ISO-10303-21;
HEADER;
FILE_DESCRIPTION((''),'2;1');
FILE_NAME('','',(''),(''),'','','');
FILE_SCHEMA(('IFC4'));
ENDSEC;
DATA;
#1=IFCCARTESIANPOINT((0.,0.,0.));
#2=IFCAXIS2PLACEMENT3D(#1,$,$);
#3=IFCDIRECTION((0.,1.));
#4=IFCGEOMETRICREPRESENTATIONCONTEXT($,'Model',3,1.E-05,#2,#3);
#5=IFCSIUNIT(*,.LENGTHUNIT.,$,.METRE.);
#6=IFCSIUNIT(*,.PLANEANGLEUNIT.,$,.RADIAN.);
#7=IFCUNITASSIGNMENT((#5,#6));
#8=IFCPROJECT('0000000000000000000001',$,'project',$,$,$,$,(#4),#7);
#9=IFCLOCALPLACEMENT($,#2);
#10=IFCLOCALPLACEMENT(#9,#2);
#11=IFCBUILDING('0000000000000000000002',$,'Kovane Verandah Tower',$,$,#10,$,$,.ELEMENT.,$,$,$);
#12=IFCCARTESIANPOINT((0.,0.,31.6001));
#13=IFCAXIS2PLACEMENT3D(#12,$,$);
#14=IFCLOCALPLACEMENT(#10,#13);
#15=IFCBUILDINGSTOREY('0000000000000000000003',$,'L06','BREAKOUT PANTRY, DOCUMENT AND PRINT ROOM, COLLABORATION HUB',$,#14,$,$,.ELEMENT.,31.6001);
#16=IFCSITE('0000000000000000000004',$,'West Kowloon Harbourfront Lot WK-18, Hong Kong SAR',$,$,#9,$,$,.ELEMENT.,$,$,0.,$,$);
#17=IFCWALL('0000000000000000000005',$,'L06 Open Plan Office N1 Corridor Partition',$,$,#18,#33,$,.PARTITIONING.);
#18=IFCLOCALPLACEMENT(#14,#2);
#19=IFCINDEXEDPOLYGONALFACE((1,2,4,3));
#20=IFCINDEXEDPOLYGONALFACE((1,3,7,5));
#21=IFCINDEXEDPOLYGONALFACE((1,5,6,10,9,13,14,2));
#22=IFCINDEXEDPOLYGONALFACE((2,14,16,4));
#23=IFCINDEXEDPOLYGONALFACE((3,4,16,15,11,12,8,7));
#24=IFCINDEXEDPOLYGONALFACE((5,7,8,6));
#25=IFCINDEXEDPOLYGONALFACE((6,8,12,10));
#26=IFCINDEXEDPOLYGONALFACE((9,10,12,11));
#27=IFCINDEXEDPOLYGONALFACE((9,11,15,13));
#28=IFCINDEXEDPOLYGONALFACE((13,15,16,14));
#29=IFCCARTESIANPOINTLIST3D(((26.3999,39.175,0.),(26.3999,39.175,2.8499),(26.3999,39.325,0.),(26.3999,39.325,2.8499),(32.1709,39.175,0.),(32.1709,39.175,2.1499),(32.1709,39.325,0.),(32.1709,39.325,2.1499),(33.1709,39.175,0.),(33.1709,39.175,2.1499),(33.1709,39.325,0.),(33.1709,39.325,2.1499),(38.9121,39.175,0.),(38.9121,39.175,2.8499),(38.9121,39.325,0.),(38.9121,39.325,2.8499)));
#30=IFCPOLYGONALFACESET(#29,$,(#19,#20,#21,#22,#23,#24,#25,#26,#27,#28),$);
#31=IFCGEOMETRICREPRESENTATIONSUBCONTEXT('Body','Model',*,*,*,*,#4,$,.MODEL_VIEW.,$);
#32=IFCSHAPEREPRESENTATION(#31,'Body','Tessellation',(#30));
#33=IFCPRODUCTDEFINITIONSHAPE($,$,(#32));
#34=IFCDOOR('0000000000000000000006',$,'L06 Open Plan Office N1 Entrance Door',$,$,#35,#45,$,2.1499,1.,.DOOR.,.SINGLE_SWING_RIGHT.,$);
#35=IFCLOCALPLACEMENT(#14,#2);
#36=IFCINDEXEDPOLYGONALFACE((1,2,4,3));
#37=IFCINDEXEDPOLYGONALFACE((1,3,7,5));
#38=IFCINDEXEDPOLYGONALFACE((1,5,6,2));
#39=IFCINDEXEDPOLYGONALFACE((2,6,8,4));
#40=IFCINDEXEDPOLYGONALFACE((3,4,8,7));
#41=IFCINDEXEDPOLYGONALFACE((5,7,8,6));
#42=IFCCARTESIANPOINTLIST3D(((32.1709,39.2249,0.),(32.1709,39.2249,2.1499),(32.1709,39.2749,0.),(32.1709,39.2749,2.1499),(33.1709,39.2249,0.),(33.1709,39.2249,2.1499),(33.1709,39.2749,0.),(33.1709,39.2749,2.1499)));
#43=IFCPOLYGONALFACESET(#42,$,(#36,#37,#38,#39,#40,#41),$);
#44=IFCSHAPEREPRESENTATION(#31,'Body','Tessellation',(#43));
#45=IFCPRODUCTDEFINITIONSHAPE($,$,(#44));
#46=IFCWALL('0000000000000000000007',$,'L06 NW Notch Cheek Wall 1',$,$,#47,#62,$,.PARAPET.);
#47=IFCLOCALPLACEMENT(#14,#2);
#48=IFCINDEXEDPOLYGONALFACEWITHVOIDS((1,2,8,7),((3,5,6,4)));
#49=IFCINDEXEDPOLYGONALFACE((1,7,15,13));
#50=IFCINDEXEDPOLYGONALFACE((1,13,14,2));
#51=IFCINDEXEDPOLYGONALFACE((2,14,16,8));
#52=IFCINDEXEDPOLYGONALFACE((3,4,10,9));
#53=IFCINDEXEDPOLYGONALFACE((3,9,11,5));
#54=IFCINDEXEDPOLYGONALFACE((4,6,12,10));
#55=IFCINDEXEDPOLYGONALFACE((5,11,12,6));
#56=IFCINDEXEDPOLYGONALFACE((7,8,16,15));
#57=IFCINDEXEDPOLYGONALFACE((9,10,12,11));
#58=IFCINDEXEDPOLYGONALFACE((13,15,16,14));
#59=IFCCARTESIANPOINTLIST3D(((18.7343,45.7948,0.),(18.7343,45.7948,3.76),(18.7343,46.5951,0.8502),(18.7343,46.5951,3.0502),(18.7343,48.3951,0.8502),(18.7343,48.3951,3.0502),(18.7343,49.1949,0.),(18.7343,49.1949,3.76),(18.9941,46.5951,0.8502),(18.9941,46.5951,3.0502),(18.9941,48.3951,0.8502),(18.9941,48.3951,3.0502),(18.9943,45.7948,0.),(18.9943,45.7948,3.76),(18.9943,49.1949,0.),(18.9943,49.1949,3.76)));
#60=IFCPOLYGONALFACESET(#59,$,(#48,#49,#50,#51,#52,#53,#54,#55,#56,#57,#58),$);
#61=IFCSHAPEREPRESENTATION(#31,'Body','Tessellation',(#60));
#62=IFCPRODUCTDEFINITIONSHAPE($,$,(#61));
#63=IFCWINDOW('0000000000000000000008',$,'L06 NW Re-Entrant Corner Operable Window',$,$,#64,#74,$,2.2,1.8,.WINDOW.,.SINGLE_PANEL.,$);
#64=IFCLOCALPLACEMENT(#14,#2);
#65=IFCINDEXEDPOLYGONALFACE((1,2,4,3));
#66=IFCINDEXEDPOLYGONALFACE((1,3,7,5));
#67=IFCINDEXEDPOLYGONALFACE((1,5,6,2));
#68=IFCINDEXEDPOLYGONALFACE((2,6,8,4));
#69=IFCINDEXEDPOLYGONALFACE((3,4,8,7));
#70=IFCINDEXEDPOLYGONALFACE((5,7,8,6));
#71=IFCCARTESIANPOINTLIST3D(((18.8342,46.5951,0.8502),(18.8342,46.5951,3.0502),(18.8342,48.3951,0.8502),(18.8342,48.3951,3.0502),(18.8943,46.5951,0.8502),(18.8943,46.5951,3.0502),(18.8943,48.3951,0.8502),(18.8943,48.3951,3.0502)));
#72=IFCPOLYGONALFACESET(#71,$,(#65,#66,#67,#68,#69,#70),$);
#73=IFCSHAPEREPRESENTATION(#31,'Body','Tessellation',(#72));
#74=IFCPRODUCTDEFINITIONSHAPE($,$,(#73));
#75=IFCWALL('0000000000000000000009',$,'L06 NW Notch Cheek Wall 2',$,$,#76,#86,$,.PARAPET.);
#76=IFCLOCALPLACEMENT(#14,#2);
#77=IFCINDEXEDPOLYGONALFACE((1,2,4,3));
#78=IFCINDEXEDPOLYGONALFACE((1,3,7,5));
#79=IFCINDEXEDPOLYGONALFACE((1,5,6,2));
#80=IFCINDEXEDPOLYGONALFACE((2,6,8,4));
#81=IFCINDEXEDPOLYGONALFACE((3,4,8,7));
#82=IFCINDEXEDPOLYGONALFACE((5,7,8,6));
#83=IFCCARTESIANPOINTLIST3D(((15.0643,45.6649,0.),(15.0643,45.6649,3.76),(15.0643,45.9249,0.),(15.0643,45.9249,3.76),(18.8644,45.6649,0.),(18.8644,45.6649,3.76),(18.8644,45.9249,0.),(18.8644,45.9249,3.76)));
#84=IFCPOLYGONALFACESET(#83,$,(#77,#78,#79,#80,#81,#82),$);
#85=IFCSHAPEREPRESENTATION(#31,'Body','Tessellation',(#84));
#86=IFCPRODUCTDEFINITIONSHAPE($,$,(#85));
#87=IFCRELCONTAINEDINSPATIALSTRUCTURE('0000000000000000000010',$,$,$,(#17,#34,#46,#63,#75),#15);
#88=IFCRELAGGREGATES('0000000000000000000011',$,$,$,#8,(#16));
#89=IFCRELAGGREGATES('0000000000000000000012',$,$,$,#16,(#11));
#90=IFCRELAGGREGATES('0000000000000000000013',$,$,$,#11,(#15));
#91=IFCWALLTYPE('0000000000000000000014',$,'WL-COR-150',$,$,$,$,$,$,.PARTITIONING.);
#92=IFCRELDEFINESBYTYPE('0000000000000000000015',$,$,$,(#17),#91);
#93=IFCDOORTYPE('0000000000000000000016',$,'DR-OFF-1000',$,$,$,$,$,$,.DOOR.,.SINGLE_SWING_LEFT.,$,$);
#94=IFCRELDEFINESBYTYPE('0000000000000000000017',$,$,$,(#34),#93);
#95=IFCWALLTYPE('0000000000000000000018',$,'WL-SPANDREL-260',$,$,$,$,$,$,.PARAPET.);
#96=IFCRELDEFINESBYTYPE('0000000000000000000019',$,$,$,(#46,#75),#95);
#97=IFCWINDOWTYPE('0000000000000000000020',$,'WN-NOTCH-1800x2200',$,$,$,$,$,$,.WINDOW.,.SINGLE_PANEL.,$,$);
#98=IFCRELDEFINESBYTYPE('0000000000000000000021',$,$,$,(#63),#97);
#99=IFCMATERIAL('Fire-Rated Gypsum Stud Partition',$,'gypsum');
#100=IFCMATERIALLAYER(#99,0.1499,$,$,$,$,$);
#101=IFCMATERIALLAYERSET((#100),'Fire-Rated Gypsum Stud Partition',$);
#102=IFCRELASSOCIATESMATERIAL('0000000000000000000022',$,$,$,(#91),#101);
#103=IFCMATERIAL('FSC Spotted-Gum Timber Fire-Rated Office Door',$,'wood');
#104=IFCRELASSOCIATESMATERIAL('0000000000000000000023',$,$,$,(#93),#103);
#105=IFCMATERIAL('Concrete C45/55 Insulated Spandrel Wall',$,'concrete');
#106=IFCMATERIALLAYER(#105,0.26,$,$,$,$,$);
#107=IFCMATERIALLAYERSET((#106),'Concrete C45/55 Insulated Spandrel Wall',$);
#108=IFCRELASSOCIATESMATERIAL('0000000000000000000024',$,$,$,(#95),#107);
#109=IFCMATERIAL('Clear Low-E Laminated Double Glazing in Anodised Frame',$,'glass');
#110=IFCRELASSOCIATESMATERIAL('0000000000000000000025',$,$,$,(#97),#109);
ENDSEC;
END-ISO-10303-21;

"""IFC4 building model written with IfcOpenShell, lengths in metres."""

from ifc_helpers import new_model, si_unit, direction, frame, frame_2d, origin, place, context, subcontext, project, spatial, rectangle, extrude, material, layer, layer_set, type_object, element, fill, save


model = new_model("IFC4")

# Units and contexts
model_context = context("Model", 3, precision=1e-05, world=origin(), true_north=direction((0.0, 1.0)))
body_context = subcontext(model_context, "Body", "Model", "MODEL_VIEW")
ifc_project = project(units=[si_unit("LENGTHUNIT", "METRE"), si_unit("PLANEANGLEUNIT", "RADIAN")], contexts=[model_context])

# Site, building, storey
site_placement = place(None, origin())
site = spatial("IfcSite", under=ifc_project, at=site_placement, Name="West Kowloon Harbourfront Lot WK-18, Hong Kong SAR", CompositionType="ELEMENT", RefElevation=0.0)
building_placement = place(site_placement, origin())
building = spatial("IfcBuilding", under=site, at=building_placement, Name="Kovane Verandah Tower", CompositionType="ELEMENT")
storey_placement = place(building_placement, frame((0.0, 0.0, 31.6001)))
storey = spatial("IfcBuildingStorey", under=building, at=storey_placement, Name="L06", Description="BREAKOUT PANTRY, DOCUMENT AND PRINT ROOM, COLLABORATION HUB", CompositionType="ELEMENT", Elevation=31.6001)

# Wall, opening, door
ifc_material_1 = material(Name="Fire-Rated Gypsum Stud Partition", Category="gypsum")
ifc_layer_1 = layer(ifc_material_1, 0.1499)
ifc_layer_set_1 = layer_set([ifc_layer_1], Name="Fire-Rated Gypsum Stud Partition")
wall_type_1 = type_object("IfcWallType", Name="WL-COR-150", PredefinedType="PARTITIONING", material=ifc_layer_set_1)
wall_1_placement = place(storey_placement, frame((26.3999, 39.25, 0.0), z_axis=(0.0, 0.0, 1.0), x_axis=(1.0, 0.0, 0.0)))
wall_1 = element("IfcWall", 1, at=wall_1_placement, inside=storey, type_object=wall_type_1, Name="L06 Open Plan Office N1 Corridor Partition", PredefinedType="PARTITIONING", context=body_context, shape_type="SweptSolid", body=[
    extrude(rectangle(XDim=12.5122, YDim=0.1499, at=frame_2d((6.2561, 0.0))), origin(), (0.0, 0.0, 1.0), 2.8499),
])
opening_1_placement = place(wall_1_placement, frame((5.771, 0.0, 0.0)))
opening_1 = element("IfcOpeningElement", 2, at=opening_1_placement, cuts=wall_1, PredefinedType="OPENING", context=body_context, shape_type="SweptSolid", body=[
    extrude(rectangle(XDim=1.0, YDim=2.1499, at=frame_2d((0.5, 1.075))), frame((0.0, 0.075, 0.0), z_axis=(0.0, -1.0, 0.0), x_axis=(1.0, 0.0, 0.0)), (0.0, 0.0, 1.0), 0.1499),
])
ifc_material_2 = material(Name="FSC Spotted-Gum Timber Fire-Rated Office Door", Category="wood")
door_type_1 = type_object("IfcDoorType", Name="DR-OFF-1000", OperationType="SINGLE_SWING_LEFT", PredefinedType="DOOR", material=ifc_material_2)
door_1_placement = place(opening_1_placement, origin())
door_1 = element("IfcDoor", 3, at=door_1_placement, inside=storey, type_object=door_type_1, Name="L06 Open Plan Office N1 Entrance Door", OperationType="SINGLE_SWING_RIGHT", OverallHeight=2.1499, OverallWidth=1.0, PredefinedType="DOOR", context=body_context, shape_type="SweptSolid", body=[
    extrude(rectangle(XDim=1.0, YDim=2.1499, at=frame_2d((0.5, 1.075))), frame((0.0, 0.0249, 0.0), z_axis=(0.0, -1.0, 0.0), x_axis=(1.0, 0.0, 0.0)), (0.0, 0.0, 1.0), 0.05),
])
fill(opening_1, door_1)

# Shared definitions
ifc_material_3 = material(Name="Concrete C45/55 Insulated Spandrel Wall", Category="concrete")
ifc_layer_2 = layer(ifc_material_3, 0.26)
ifc_layer_set_2 = layer_set([ifc_layer_2], Name="Concrete C45/55 Insulated Spandrel Wall")
wall_type_2 = type_object("IfcWallType", Name="WL-SPANDREL-260", PredefinedType="PARAPET", material=ifc_layer_set_2)
ifc_material_4 = material(Name="Clear Low-E Laminated Double Glazing in Anodised Frame", Category="glass")
window_type = type_object("IfcWindowType", Name="WN-NOTCH-1800x2200", PartitioningType="SINGLE_PANEL", PredefinedType="WINDOW", material=ifc_material_4)

# Wall, opening, window
wall_2_placement = place(storey_placement, frame((18.8643, 49.1951, 0.0), z_axis=(0.0, 0.0, 1.0), x_axis=(0.0, -1.0, 0.0)))
wall_2 = element("IfcWall", 4, at=wall_2_placement, inside=storey, type_object=wall_type_2, Name="L06 NW Notch Cheek Wall 1", PredefinedType="PARAPET", context=body_context, shape_type="SweptSolid", body=[
    extrude(rectangle(XDim=3.4001, YDim=0.26, at=frame_2d((1.7002, 0.0))), origin(), (0.0, 0.0, 1.0), 3.76),
])
opening_2_placement = place(wall_2_placement, frame((0.8, 0.0, 0.8501)))
opening_2 = element("IfcOpeningElement", 5, at=opening_2_placement, cuts=wall_2, PredefinedType="OPENING", context=body_context, shape_type="SweptSolid", body=[
    extrude(rectangle(XDim=1.8, YDim=2.2, at=frame_2d((0.8999, 1.1001))), frame((0.0, 0.1299, 0.0), z_axis=(0.0, -1.0, 0.0), x_axis=(1.0, 0.0, 0.0)), (0.0, 0.0, 1.0), 0.26),
])
window_1_placement = place(opening_2_placement, origin())
window_1 = element("IfcWindow", 6, at=window_1_placement, inside=storey, type_object=window_type, Name="L06 NW Re-Entrant Corner Operable Window", OverallHeight=2.2, OverallWidth=1.8, PartitioningType="SINGLE_PANEL", PredefinedType="WINDOW", context=body_context, shape_type="SweptSolid", body=[
    extrude(rectangle(XDim=1.8, YDim=2.2, at=frame_2d((0.8999, 1.1001))), frame((0.0, 0.03, 0.0), z_axis=(0.0, -1.0, 0.0), x_axis=(1.0, 0.0, 0.0)), (0.0, 0.0, 1.0), 0.0601),
])
fill(opening_2, window_1)

# Wall
wall_3_placement = place(storey_placement, frame((18.8643, 45.7949, 0.0), z_axis=(0.0, 0.0, 1.0), x_axis=(-1.0, 0.0, 0.0)))
element("IfcWall", 7, at=wall_3_placement, inside=storey, type_object=wall_type_2, Name="L06 NW Notch Cheek Wall 2", PredefinedType="PARAPET", context=body_context, shape_type="SweptSolid", body=[
    extrude(rectangle(XDim=3.8, YDim=0.26, at=frame_2d((1.8999, 0.0))), origin(), (0.0, 0.0, 1.0), 3.76),
])

save(model, "model.ifc")
